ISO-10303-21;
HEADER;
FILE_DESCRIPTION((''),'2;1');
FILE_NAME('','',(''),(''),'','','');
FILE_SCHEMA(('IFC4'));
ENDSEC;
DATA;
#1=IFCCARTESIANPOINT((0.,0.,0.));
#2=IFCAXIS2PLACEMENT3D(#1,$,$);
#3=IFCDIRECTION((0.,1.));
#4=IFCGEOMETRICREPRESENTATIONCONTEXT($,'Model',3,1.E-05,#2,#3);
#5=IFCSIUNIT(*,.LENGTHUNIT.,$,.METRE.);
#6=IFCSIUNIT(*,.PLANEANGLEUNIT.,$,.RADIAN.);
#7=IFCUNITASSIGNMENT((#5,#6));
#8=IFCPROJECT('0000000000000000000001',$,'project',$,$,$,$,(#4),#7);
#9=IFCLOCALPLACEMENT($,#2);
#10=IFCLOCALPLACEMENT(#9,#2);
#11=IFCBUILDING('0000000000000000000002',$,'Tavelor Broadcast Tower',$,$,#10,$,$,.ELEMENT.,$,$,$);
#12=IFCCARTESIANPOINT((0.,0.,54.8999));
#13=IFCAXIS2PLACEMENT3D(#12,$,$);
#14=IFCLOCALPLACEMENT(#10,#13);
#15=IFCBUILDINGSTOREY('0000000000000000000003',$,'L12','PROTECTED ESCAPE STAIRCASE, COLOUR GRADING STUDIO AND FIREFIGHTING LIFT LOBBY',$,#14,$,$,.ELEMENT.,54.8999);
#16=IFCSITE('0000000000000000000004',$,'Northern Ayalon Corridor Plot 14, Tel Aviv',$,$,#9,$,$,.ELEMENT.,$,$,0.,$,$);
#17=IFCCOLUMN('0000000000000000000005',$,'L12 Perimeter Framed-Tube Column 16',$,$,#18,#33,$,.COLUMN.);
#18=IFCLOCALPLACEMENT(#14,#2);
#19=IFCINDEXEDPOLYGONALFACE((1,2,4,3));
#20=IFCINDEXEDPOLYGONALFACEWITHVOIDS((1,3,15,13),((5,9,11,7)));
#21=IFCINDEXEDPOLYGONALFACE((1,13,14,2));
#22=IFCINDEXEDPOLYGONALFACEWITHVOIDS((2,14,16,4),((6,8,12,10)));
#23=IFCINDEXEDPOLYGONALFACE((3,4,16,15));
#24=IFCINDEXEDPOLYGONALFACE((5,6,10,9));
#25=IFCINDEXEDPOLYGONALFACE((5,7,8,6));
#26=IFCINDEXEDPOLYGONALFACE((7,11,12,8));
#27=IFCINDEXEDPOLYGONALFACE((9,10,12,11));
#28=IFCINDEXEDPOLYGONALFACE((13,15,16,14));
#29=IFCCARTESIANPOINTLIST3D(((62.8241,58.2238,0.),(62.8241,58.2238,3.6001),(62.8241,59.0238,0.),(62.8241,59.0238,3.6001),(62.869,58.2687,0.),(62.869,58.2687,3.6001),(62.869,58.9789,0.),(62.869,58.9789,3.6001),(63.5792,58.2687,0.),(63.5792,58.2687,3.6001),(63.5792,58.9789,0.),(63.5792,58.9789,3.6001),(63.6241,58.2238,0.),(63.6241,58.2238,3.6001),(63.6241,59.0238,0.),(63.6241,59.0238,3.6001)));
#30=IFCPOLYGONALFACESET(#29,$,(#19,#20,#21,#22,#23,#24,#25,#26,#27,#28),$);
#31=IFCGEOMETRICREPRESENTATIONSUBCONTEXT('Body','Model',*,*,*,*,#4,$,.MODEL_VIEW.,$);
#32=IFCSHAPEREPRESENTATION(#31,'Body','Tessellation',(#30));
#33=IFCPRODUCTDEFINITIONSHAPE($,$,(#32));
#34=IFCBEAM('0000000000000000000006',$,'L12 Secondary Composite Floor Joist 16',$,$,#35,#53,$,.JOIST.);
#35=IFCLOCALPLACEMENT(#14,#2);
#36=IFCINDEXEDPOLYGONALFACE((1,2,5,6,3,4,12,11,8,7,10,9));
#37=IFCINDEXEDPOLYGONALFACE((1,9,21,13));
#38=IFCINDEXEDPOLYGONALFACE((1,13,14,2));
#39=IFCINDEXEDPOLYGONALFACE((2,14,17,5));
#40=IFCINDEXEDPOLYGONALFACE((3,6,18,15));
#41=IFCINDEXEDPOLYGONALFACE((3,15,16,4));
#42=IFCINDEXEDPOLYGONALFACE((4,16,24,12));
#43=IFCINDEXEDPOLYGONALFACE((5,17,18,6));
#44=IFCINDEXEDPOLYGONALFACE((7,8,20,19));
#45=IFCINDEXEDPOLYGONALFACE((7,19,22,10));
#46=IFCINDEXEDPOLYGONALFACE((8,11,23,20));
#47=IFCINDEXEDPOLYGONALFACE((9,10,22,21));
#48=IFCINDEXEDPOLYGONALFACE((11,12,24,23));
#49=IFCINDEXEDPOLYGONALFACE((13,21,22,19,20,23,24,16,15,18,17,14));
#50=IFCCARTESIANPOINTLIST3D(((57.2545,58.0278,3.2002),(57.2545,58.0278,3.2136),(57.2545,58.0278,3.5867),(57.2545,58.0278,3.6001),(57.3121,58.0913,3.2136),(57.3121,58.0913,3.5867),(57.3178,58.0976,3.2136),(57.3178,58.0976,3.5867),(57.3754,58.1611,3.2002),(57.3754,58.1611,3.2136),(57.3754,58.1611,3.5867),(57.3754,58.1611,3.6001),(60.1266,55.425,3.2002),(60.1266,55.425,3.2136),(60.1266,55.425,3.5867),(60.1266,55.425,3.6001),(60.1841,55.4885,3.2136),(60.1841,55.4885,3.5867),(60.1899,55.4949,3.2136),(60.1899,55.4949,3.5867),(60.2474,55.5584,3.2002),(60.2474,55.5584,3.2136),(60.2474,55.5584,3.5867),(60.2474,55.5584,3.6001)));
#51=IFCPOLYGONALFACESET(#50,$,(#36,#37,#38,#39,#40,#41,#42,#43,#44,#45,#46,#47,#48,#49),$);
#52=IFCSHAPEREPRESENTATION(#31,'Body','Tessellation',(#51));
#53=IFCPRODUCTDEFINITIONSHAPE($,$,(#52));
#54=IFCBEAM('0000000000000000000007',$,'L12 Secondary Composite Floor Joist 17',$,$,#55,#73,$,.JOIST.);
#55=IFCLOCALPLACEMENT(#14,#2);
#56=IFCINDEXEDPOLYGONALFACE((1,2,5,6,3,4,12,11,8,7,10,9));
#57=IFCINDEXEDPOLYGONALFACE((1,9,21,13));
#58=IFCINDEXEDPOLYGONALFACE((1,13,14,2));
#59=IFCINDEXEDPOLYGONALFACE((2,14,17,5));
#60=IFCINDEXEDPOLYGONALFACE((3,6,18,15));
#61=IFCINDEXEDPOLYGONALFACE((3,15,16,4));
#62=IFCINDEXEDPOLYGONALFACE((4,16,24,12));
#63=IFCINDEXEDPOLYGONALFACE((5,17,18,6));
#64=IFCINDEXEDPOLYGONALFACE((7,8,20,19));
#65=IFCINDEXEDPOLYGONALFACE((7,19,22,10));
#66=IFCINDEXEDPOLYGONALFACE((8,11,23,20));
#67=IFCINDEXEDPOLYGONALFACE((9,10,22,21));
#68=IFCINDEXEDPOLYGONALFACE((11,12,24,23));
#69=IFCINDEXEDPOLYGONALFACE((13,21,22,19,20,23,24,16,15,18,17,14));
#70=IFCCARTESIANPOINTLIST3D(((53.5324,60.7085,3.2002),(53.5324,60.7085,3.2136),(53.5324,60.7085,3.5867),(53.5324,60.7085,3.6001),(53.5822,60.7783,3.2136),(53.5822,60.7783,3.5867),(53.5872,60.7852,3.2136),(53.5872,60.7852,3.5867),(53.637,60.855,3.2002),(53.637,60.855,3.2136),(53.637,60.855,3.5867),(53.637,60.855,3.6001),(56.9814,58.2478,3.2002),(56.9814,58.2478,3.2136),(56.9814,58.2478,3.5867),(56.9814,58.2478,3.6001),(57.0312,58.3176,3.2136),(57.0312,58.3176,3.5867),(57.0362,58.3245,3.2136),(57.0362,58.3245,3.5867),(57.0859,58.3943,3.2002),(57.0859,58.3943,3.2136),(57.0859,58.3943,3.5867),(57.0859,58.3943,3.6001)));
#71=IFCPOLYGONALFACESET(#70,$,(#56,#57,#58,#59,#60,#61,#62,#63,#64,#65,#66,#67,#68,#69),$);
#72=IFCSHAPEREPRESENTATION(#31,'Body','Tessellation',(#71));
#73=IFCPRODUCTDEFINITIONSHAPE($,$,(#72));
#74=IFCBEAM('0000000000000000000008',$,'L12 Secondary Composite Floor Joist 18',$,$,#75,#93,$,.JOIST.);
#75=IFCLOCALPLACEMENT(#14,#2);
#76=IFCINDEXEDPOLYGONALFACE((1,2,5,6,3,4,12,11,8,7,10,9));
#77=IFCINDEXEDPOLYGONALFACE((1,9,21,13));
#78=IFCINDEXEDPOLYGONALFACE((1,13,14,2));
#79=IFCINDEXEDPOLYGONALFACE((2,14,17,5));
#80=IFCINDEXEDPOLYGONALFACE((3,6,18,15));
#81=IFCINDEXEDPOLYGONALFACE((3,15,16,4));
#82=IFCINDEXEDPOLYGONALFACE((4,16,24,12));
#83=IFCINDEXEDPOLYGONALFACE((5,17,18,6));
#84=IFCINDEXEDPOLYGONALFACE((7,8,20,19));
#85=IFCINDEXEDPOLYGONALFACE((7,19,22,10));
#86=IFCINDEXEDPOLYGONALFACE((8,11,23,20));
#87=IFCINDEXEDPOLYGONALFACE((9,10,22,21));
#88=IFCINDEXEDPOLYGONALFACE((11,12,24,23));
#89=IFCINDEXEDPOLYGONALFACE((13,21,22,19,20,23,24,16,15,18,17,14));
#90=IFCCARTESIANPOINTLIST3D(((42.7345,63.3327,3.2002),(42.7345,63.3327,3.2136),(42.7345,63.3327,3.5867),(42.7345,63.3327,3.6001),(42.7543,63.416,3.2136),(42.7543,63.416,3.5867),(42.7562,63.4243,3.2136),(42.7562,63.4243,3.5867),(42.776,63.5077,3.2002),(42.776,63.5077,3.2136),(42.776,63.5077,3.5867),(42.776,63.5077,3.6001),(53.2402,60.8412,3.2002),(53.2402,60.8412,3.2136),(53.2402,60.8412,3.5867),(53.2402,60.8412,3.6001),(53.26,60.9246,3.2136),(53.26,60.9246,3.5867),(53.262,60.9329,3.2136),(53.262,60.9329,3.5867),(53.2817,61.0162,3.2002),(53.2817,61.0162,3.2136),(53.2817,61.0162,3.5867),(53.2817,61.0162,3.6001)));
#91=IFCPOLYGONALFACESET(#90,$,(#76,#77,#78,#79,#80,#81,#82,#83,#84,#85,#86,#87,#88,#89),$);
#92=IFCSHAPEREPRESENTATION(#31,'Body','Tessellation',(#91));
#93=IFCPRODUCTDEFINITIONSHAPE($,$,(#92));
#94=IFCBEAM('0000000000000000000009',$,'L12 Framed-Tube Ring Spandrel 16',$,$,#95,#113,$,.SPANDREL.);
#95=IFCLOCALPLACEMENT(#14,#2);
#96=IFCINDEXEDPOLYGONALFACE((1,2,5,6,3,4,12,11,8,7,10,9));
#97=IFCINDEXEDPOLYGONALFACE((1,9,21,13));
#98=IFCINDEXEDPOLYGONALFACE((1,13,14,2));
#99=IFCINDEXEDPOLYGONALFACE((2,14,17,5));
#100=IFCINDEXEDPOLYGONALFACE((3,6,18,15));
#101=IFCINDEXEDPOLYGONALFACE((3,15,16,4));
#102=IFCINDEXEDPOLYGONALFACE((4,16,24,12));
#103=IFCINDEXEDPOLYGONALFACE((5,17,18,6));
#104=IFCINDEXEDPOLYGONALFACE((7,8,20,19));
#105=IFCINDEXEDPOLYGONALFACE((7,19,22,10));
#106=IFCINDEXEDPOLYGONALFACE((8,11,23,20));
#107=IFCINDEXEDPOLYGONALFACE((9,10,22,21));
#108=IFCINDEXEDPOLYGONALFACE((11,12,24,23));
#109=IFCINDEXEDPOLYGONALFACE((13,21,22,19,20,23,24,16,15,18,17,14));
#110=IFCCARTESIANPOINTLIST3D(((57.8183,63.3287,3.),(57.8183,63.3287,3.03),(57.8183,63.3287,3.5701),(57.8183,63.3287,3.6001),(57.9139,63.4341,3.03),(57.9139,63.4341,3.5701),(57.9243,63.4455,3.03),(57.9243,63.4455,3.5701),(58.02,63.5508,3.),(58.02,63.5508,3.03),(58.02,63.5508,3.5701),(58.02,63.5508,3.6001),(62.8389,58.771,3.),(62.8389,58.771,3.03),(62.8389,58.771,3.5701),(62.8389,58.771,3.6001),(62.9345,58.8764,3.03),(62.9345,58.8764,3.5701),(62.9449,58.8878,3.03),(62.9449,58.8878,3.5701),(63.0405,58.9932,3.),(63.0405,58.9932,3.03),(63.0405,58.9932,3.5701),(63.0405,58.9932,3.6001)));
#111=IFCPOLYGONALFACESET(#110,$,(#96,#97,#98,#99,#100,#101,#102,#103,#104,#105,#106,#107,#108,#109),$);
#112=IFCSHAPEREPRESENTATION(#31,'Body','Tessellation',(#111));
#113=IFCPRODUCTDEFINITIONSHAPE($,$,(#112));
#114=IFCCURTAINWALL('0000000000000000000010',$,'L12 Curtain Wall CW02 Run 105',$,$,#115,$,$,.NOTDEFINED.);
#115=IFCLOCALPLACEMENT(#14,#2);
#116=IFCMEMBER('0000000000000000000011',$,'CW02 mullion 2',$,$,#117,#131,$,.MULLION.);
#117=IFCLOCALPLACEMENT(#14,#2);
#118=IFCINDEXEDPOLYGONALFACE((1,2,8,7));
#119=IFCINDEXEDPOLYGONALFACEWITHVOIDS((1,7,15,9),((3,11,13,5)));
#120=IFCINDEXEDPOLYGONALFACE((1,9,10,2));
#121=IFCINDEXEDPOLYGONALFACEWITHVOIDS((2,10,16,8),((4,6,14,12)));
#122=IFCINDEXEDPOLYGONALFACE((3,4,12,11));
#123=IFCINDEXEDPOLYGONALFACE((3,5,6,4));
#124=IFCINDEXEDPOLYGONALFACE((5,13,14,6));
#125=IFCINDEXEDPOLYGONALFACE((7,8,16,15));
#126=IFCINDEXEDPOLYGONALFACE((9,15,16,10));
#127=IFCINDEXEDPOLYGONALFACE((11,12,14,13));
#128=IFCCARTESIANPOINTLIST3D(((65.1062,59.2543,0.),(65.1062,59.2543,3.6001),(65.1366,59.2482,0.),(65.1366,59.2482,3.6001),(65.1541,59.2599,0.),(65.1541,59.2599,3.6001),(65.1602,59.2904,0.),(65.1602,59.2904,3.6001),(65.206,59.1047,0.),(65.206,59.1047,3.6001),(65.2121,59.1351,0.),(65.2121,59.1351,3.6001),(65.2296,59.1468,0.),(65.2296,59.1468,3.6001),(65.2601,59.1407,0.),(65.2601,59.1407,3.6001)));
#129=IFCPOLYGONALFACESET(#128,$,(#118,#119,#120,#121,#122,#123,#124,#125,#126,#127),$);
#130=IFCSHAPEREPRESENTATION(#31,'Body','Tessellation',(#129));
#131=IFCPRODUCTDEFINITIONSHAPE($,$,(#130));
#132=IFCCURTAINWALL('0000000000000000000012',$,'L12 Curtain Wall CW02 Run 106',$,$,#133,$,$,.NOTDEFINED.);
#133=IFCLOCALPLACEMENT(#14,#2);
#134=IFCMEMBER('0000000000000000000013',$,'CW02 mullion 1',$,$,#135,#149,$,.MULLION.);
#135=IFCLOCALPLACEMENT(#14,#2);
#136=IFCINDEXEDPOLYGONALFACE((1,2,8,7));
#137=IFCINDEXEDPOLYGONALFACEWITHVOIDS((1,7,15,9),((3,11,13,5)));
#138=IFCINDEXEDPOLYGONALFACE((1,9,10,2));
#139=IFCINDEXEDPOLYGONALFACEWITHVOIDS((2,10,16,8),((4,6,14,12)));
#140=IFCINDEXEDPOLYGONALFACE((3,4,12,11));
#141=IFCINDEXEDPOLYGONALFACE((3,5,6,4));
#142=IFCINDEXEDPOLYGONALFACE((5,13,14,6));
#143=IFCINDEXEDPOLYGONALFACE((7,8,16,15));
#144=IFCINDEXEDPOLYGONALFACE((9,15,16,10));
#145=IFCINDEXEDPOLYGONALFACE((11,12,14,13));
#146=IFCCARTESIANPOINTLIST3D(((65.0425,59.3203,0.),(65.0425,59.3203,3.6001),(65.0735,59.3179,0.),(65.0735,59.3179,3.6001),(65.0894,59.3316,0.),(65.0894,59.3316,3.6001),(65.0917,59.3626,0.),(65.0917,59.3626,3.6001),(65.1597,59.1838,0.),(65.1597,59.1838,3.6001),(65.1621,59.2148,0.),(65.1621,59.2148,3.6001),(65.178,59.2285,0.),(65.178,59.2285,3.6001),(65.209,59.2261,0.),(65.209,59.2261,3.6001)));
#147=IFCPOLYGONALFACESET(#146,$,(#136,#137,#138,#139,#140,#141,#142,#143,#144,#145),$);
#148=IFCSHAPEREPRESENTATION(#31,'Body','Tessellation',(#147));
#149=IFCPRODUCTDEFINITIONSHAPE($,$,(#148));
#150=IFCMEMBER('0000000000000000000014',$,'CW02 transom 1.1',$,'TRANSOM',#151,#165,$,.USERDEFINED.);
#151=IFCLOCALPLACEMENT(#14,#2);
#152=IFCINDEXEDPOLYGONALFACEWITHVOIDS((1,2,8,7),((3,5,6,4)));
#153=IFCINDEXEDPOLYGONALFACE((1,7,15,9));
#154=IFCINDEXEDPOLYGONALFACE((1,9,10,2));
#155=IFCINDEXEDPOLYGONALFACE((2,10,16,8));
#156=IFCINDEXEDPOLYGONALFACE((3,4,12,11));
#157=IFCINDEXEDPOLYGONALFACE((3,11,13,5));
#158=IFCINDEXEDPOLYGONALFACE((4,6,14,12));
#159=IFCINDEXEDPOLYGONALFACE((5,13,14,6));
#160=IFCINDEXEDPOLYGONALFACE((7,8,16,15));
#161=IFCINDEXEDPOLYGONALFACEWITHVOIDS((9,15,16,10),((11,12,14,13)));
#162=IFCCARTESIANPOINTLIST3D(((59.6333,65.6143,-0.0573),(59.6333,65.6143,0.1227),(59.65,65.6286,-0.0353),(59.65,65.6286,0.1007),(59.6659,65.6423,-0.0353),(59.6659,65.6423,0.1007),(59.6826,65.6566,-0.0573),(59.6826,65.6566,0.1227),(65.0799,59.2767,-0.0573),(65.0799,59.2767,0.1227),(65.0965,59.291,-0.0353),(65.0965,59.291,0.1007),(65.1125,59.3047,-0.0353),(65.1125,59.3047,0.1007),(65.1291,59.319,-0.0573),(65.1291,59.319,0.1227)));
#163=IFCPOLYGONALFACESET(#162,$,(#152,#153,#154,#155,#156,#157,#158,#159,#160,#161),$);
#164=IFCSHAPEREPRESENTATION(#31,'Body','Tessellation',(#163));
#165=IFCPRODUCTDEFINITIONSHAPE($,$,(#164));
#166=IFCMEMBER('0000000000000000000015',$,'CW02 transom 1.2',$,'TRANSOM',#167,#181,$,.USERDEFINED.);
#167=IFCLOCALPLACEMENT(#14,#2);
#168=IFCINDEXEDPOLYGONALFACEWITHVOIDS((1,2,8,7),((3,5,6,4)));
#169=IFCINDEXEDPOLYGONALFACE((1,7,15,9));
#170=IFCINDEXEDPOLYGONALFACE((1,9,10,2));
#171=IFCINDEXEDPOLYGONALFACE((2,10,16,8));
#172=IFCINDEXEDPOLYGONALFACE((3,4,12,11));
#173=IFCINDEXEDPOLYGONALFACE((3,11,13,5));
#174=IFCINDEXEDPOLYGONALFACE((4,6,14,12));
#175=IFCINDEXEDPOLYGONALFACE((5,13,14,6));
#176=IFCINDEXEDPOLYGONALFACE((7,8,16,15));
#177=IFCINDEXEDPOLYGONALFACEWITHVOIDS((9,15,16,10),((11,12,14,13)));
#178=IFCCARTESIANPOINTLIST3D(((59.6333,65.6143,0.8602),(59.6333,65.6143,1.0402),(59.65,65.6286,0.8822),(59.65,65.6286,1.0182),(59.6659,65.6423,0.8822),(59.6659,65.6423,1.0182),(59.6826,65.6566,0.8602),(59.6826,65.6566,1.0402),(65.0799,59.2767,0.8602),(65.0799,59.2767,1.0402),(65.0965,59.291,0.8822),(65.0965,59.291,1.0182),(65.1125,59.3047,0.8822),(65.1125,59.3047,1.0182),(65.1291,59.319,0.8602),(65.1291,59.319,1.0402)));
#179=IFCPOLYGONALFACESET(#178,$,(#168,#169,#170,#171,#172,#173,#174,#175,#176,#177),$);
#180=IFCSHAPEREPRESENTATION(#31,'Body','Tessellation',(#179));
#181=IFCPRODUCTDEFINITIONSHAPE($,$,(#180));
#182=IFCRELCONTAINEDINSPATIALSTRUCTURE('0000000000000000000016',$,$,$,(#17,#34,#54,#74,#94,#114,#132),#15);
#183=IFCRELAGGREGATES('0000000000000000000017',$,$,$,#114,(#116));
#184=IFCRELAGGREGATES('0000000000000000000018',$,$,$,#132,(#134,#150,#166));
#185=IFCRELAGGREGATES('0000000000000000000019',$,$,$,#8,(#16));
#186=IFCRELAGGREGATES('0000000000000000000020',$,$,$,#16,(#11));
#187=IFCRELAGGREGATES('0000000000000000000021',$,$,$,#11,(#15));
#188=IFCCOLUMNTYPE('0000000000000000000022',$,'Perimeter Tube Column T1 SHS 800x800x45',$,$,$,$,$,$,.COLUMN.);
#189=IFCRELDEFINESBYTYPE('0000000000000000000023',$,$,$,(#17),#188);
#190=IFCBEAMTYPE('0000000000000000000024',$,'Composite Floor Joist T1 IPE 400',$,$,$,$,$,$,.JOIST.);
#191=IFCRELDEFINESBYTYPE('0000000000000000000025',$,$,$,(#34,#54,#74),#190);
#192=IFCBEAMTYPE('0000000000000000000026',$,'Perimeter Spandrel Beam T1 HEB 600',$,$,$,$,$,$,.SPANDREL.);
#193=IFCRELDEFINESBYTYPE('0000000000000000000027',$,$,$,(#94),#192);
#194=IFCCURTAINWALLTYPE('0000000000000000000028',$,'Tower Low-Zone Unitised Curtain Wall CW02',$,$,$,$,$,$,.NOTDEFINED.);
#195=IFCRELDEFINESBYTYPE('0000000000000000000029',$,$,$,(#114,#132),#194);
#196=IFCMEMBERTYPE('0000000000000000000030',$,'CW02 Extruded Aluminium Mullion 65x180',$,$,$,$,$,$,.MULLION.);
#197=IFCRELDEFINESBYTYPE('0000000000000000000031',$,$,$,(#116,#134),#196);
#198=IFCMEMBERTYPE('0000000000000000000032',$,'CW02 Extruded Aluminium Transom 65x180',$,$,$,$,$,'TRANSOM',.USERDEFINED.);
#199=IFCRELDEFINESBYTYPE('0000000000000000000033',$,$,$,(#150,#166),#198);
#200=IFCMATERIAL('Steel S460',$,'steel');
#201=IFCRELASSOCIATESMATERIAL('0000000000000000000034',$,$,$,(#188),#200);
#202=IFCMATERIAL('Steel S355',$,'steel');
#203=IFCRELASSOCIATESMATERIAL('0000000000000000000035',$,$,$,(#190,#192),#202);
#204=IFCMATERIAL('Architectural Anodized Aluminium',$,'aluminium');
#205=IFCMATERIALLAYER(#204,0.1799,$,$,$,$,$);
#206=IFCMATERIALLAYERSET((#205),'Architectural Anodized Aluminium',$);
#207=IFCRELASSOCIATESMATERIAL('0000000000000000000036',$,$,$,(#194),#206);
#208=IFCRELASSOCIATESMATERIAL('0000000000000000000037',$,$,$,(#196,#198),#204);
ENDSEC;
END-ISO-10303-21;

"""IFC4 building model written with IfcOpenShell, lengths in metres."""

from ifc_helpers import new_model, si_unit, direction, frame, origin, origin_2d, place, context, subcontext, project, spatial, hollow_rectangle, i_section, extrude, source, transform, mapped, material, layer, layer_set, material_profile, profile_set, type_object, type_shapes, element, aggregate, save


model = new_model("IFC4")

# Units and contexts
model_context = context("Model", 3, precision=1e-05, world=origin(), true_north=direction((0.0, 1.0)))
body_context = subcontext(model_context, "Body", "Model", "MODEL_VIEW")
ifc_project = project(units=[si_unit("LENGTHUNIT", "METRE"), si_unit("PLANEANGLEUNIT", "RADIAN")], contexts=[model_context])

# Site, building, storey
site_placement = place(None, origin())
site = spatial("IfcSite", under=ifc_project, at=site_placement, Name="Northern Ayalon Corridor Plot 14, Tel Aviv", CompositionType="ELEMENT", RefElevation=0.0)
building_placement = place(site_placement, origin())
building = spatial("IfcBuilding", under=site, at=building_placement, Name="Tavelor Broadcast Tower", CompositionType="ELEMENT")
storey_placement = place(building_placement, frame((0.0, 0.0, 54.8999)))
storey = spatial("IfcBuildingStorey", under=building, at=storey_placement, Name="L12", Description="PROTECTED ESCAPE STAIRCASE, COLOUR GRADING STUDIO AND FIREFIGHTING LIFT LOBBY", CompositionType="ELEMENT", Elevation=54.8999)

# Column
ifc_material_1 = material(Name="Steel S460", Category="steel")
ifc_material_profile_1 = material_profile(ifc_material_1, hollow_rectangle(XDim=0.8, YDim=0.8, WallThickness=0.0449, at=origin_2d()), Name="SHS 800x800x45")
ifc_profile_set_1 = profile_set([ifc_material_profile_1], Name="Steel S460")
column_type = type_object("IfcColumnType", Name="Perimeter Tube Column T1 SHS 800x800x45", PredefinedType="COLUMN", material=ifc_profile_set_1)
column_placement = place(storey_placement, frame((63.2241, 58.6238, 0.0), z_axis=(0.0, 0.0, 1.0), x_axis=(1.0, 0.0, 0.0)))
element("IfcColumn", 1, at=column_placement, inside=storey, type_object=column_type, Name="L12 Perimeter Framed-Tube Column 16", PredefinedType="COLUMN", context=body_context, shape_type="SweptSolid", body=[
    extrude(hollow_rectangle(XDim=0.8, YDim=0.8, WallThickness=0.0449, at=origin_2d()), origin(), (0.0, 0.0, 1.0), 3.6001),
])

# Beams
ifc_material_2 = material(Name="Steel S355", Category="steel")
ifc_material_profile_2 = material_profile(ifc_material_2, i_section(OverallWidth=0.1799, OverallDepth=0.3999, WebThickness=0.0085, FlangeThickness=0.0134, at=origin_2d()), Name="IPE 400")
ifc_profile_set_2 = profile_set([ifc_material_profile_2], Name="Steel S355")
beam_type_1 = type_object("IfcBeamType", Name="Composite Floor Joist T1 IPE 400", PredefinedType="JOIST", material=ifc_profile_set_2)
beam_1_placement = place(storey_placement, frame((60.187, 55.4917, 3.4001), z_axis=(-0.740991, 0.671515, 0.0), x_axis=(-0.671515, -0.740991, 0.0)))
element("IfcBeam", 2, at=beam_1_placement, inside=storey, type_object=beam_type_1, Name="L12 Secondary Composite Floor Joist 16", PredefinedType="JOIST", context=body_context, shape_type="SweptSolid", body=[
    extrude(i_section(OverallWidth=0.1799, OverallDepth=0.3999, WebThickness=0.0085, FlangeThickness=0.0134, at=origin_2d()), origin(), (0.0, 0.0, 1.0), 3.876),
])
beam_2_placement = place(storey_placement, frame((57.0337, 58.321, 3.4001), z_axis=(-0.814053, 0.580791, 0.0), x_axis=(-0.580791, -0.814053, 0.0)))
element("IfcBeam", 3, at=beam_2_placement, inside=storey, type_object=beam_type_1, Name="L12 Secondary Composite Floor Joist 17", PredefinedType="JOIST", context=body_context, shape_type="SweptSolid", body=[
    extrude(i_section(OverallWidth=0.1799, OverallDepth=0.3999, WebThickness=0.0085, FlangeThickness=0.0134, at=origin_2d()), origin(), (0.0, 0.0, 1.0), 4.2368),
])
beam_3_placement = place(storey_placement, frame((53.261, 60.9287, 3.4001), z_axis=(-0.973012, 0.230754, 0.0), x_axis=(-0.230754, -0.973012, 0.0)))
element("IfcBeam", 4, at=beam_3_placement, inside=storey, type_object=beam_type_1, Name="L12 Secondary Composite Floor Joist 18", PredefinedType="JOIST", context=body_context, shape_type="SweptSolid", body=[
    extrude(i_section(OverallWidth=0.1799, OverallDepth=0.3999, WebThickness=0.0085, FlangeThickness=0.0134, at=origin_2d()), origin(), (0.0, 0.0, 1.0), 10.7971),
])
ifc_material_profile_3 = material_profile(ifc_material_2, i_section(OverallWidth=0.3, OverallDepth=0.6001, WebThickness=0.0154, FlangeThickness=0.03, at=origin_2d()), Name="HEB 600")
ifc_profile_set_3 = profile_set([ifc_material_profile_3], Name="Steel S355")
beam_type_2 = type_object("IfcBeamType", Name="Perimeter Spandrel Beam T1 HEB 600", PredefinedType="SPANDREL", material=ifc_profile_set_3)
beam_4_placement = place(storey_placement, frame((62.9397, 58.8821, 3.3), z_axis=(-0.740416, 0.672149, 0.0), x_axis=(-0.672149, -0.740416, 0.0)))
element("IfcBeam", 5, at=beam_4_placement, inside=storey, type_object=beam_type_2, Name="L12 Framed-Tube Ring Spandrel 16", PredefinedType="SPANDREL", context=body_context, shape_type="SweptSolid", body=[
    extrude(i_section(OverallWidth=0.3, OverallDepth=0.6001, WebThickness=0.0154, FlangeThickness=0.03, at=origin_2d()), origin(), (0.0, 0.0, 1.0), 6.7808),
])

# Curtain wall, member
ifc_material_3 = material(Name="Architectural Anodized Aluminium", Category="aluminium")
ifc_layer_1 = layer(ifc_material_3, 0.1799)
ifc_layer_set_1 = layer_set([ifc_layer_1], Name="Architectural Anodized Aluminium")
curtain_wall_type = type_object("IfcCurtainWallType", Name="Tower Low-Zone Unitised Curtain Wall CW02", PredefinedType="NOTDEFINED", material=ifc_layer_set_1)
curtain_wall_1_placement = place(storey_placement, origin())
curtain_wall_1 = element("IfcCurtainWall", 6, at=curtain_wall_1_placement, inside=storey, type_object=curtain_wall_type, Name="L12 Curtain Wall CW02 Run 105", PredefinedType="NOTDEFINED")
ifc_material_profile_4 = material_profile(ifc_material_3, hollow_rectangle(XDim=0.0649, YDim=0.1799, WallThickness=0.022, at=origin_2d()), Name="RHS 65x180x22")
ifc_profile_set_4 = profile_set([ifc_material_profile_4], Name="Architectural Anodized Aluminium")
member_type_1 = type_object("IfcMemberType", Name="CW02 Extruded Aluminium Mullion 65x180", PredefinedType="MULLION", material=ifc_profile_set_4)
shared_shape_1 = source(origin(), body_context, "Body", "SweptSolid", [
    extrude(hollow_rectangle(XDim=0.0649, YDim=0.1799, WallThickness=0.022, at=origin_2d()), origin(), (0.0, 0.0, 1.0), 3.6001),
])
type_shapes(member_type_1, [shared_shape_1])
member_1_placement = place(storey_placement, frame((65.1831, 59.1975, 0.0), z_axis=(0.0, 0.0, 1.0), x_axis=(-0.831717, -0.5552, 0.0)))
member_1 = element("IfcMember", 7, at=member_1_placement, type_object=member_type_1, Name="CW02 mullion 2", PredefinedType="MULLION", context=body_context, shape_type="MappedRepresentation", body=[
    mapped(shared_shape_1, transform((0.0, 0.0, 0.0), scale=1.0)),
])

# Curtain wall, members
curtain_wall_2_placement = place(storey_placement, origin())
curtain_wall_2 = element("IfcCurtainWall", 8, at=curtain_wall_2_placement, inside=storey, type_object=curtain_wall_type, Name="L12 Curtain Wall CW02 Run 106", PredefinedType="NOTDEFINED")
member_2_placement = place(storey_placement, frame((65.1257, 59.2732, 0.0), z_axis=(0.0, 0.0, 1.0), x_axis=(-0.758408, -0.65178, 0.0)))
member_2 = element("IfcMember", 9, at=member_2_placement, type_object=member_type_1, Name="CW02 mullion 1", PredefinedType="MULLION", context=body_context, shape_type="MappedRepresentation", body=[
    mapped(shared_shape_1, transform((0.0, 0.0, 0.0), scale=1.0)),
])
ifc_material_profile_5 = material_profile(ifc_material_3, hollow_rectangle(XDim=0.0649, YDim=0.1799, WallThickness=0.022, at=origin_2d()), Name="RHS 65x180x22")
ifc_profile_set_5 = profile_set([ifc_material_profile_5], Name="Architectural Anodized Aluminium")
member_type_2 = type_object("IfcMemberType", Name="CW02 Extruded Aluminium Transom 65x180", ElementType="TRANSOM", PredefinedType="USERDEFINED", material=ifc_profile_set_5)
shared_shape_2 = source(origin(), body_context, "Body", "SweptSolid", [
    extrude(hollow_rectangle(XDim=0.0649, YDim=0.1799, WallThickness=0.022, at=origin_2d()), origin(), (0.0, 0.0, 1.0), 8.3564),
])
type_shapes(member_type_2, [shared_shape_2])
member_3_placement = place(storey_placement, frame((65.1045, 59.2979, 0.0327), z_axis=(-0.651775, 0.758412, 0.0), x_axis=(-0.758412, -0.651775, 0.0)))
member_3 = element("IfcMember", 10, at=member_3_placement, type_object=member_type_2, Name="CW02 transom 1.1", ObjectType="TRANSOM", PredefinedType="USERDEFINED", context=body_context, shape_type="MappedRepresentation", body=[
    mapped(shared_shape_2, transform((0.0, 0.0, 0.0), scale=1.0)),
])
member_4_placement = place(storey_placement, frame((65.1045, 59.2979, 0.9502), z_axis=(-0.651775, 0.758412, 0.0), x_axis=(-0.758412, -0.651775, 0.0)))
member_4 = element("IfcMember", 11, at=member_4_placement, type_object=member_type_2, Name="CW02 transom 1.2", ObjectType="TRANSOM", PredefinedType="USERDEFINED", context=body_context, shape_type="MappedRepresentation", body=[
    mapped(shared_shape_2, transform((0.0, 0.0, 0.0), scale=1.0)),
])

aggregate(curtain_wall_1, [member_1])
aggregate(curtain_wall_2, [member_2, member_3, member_4])

save(model, "model.ifc")
